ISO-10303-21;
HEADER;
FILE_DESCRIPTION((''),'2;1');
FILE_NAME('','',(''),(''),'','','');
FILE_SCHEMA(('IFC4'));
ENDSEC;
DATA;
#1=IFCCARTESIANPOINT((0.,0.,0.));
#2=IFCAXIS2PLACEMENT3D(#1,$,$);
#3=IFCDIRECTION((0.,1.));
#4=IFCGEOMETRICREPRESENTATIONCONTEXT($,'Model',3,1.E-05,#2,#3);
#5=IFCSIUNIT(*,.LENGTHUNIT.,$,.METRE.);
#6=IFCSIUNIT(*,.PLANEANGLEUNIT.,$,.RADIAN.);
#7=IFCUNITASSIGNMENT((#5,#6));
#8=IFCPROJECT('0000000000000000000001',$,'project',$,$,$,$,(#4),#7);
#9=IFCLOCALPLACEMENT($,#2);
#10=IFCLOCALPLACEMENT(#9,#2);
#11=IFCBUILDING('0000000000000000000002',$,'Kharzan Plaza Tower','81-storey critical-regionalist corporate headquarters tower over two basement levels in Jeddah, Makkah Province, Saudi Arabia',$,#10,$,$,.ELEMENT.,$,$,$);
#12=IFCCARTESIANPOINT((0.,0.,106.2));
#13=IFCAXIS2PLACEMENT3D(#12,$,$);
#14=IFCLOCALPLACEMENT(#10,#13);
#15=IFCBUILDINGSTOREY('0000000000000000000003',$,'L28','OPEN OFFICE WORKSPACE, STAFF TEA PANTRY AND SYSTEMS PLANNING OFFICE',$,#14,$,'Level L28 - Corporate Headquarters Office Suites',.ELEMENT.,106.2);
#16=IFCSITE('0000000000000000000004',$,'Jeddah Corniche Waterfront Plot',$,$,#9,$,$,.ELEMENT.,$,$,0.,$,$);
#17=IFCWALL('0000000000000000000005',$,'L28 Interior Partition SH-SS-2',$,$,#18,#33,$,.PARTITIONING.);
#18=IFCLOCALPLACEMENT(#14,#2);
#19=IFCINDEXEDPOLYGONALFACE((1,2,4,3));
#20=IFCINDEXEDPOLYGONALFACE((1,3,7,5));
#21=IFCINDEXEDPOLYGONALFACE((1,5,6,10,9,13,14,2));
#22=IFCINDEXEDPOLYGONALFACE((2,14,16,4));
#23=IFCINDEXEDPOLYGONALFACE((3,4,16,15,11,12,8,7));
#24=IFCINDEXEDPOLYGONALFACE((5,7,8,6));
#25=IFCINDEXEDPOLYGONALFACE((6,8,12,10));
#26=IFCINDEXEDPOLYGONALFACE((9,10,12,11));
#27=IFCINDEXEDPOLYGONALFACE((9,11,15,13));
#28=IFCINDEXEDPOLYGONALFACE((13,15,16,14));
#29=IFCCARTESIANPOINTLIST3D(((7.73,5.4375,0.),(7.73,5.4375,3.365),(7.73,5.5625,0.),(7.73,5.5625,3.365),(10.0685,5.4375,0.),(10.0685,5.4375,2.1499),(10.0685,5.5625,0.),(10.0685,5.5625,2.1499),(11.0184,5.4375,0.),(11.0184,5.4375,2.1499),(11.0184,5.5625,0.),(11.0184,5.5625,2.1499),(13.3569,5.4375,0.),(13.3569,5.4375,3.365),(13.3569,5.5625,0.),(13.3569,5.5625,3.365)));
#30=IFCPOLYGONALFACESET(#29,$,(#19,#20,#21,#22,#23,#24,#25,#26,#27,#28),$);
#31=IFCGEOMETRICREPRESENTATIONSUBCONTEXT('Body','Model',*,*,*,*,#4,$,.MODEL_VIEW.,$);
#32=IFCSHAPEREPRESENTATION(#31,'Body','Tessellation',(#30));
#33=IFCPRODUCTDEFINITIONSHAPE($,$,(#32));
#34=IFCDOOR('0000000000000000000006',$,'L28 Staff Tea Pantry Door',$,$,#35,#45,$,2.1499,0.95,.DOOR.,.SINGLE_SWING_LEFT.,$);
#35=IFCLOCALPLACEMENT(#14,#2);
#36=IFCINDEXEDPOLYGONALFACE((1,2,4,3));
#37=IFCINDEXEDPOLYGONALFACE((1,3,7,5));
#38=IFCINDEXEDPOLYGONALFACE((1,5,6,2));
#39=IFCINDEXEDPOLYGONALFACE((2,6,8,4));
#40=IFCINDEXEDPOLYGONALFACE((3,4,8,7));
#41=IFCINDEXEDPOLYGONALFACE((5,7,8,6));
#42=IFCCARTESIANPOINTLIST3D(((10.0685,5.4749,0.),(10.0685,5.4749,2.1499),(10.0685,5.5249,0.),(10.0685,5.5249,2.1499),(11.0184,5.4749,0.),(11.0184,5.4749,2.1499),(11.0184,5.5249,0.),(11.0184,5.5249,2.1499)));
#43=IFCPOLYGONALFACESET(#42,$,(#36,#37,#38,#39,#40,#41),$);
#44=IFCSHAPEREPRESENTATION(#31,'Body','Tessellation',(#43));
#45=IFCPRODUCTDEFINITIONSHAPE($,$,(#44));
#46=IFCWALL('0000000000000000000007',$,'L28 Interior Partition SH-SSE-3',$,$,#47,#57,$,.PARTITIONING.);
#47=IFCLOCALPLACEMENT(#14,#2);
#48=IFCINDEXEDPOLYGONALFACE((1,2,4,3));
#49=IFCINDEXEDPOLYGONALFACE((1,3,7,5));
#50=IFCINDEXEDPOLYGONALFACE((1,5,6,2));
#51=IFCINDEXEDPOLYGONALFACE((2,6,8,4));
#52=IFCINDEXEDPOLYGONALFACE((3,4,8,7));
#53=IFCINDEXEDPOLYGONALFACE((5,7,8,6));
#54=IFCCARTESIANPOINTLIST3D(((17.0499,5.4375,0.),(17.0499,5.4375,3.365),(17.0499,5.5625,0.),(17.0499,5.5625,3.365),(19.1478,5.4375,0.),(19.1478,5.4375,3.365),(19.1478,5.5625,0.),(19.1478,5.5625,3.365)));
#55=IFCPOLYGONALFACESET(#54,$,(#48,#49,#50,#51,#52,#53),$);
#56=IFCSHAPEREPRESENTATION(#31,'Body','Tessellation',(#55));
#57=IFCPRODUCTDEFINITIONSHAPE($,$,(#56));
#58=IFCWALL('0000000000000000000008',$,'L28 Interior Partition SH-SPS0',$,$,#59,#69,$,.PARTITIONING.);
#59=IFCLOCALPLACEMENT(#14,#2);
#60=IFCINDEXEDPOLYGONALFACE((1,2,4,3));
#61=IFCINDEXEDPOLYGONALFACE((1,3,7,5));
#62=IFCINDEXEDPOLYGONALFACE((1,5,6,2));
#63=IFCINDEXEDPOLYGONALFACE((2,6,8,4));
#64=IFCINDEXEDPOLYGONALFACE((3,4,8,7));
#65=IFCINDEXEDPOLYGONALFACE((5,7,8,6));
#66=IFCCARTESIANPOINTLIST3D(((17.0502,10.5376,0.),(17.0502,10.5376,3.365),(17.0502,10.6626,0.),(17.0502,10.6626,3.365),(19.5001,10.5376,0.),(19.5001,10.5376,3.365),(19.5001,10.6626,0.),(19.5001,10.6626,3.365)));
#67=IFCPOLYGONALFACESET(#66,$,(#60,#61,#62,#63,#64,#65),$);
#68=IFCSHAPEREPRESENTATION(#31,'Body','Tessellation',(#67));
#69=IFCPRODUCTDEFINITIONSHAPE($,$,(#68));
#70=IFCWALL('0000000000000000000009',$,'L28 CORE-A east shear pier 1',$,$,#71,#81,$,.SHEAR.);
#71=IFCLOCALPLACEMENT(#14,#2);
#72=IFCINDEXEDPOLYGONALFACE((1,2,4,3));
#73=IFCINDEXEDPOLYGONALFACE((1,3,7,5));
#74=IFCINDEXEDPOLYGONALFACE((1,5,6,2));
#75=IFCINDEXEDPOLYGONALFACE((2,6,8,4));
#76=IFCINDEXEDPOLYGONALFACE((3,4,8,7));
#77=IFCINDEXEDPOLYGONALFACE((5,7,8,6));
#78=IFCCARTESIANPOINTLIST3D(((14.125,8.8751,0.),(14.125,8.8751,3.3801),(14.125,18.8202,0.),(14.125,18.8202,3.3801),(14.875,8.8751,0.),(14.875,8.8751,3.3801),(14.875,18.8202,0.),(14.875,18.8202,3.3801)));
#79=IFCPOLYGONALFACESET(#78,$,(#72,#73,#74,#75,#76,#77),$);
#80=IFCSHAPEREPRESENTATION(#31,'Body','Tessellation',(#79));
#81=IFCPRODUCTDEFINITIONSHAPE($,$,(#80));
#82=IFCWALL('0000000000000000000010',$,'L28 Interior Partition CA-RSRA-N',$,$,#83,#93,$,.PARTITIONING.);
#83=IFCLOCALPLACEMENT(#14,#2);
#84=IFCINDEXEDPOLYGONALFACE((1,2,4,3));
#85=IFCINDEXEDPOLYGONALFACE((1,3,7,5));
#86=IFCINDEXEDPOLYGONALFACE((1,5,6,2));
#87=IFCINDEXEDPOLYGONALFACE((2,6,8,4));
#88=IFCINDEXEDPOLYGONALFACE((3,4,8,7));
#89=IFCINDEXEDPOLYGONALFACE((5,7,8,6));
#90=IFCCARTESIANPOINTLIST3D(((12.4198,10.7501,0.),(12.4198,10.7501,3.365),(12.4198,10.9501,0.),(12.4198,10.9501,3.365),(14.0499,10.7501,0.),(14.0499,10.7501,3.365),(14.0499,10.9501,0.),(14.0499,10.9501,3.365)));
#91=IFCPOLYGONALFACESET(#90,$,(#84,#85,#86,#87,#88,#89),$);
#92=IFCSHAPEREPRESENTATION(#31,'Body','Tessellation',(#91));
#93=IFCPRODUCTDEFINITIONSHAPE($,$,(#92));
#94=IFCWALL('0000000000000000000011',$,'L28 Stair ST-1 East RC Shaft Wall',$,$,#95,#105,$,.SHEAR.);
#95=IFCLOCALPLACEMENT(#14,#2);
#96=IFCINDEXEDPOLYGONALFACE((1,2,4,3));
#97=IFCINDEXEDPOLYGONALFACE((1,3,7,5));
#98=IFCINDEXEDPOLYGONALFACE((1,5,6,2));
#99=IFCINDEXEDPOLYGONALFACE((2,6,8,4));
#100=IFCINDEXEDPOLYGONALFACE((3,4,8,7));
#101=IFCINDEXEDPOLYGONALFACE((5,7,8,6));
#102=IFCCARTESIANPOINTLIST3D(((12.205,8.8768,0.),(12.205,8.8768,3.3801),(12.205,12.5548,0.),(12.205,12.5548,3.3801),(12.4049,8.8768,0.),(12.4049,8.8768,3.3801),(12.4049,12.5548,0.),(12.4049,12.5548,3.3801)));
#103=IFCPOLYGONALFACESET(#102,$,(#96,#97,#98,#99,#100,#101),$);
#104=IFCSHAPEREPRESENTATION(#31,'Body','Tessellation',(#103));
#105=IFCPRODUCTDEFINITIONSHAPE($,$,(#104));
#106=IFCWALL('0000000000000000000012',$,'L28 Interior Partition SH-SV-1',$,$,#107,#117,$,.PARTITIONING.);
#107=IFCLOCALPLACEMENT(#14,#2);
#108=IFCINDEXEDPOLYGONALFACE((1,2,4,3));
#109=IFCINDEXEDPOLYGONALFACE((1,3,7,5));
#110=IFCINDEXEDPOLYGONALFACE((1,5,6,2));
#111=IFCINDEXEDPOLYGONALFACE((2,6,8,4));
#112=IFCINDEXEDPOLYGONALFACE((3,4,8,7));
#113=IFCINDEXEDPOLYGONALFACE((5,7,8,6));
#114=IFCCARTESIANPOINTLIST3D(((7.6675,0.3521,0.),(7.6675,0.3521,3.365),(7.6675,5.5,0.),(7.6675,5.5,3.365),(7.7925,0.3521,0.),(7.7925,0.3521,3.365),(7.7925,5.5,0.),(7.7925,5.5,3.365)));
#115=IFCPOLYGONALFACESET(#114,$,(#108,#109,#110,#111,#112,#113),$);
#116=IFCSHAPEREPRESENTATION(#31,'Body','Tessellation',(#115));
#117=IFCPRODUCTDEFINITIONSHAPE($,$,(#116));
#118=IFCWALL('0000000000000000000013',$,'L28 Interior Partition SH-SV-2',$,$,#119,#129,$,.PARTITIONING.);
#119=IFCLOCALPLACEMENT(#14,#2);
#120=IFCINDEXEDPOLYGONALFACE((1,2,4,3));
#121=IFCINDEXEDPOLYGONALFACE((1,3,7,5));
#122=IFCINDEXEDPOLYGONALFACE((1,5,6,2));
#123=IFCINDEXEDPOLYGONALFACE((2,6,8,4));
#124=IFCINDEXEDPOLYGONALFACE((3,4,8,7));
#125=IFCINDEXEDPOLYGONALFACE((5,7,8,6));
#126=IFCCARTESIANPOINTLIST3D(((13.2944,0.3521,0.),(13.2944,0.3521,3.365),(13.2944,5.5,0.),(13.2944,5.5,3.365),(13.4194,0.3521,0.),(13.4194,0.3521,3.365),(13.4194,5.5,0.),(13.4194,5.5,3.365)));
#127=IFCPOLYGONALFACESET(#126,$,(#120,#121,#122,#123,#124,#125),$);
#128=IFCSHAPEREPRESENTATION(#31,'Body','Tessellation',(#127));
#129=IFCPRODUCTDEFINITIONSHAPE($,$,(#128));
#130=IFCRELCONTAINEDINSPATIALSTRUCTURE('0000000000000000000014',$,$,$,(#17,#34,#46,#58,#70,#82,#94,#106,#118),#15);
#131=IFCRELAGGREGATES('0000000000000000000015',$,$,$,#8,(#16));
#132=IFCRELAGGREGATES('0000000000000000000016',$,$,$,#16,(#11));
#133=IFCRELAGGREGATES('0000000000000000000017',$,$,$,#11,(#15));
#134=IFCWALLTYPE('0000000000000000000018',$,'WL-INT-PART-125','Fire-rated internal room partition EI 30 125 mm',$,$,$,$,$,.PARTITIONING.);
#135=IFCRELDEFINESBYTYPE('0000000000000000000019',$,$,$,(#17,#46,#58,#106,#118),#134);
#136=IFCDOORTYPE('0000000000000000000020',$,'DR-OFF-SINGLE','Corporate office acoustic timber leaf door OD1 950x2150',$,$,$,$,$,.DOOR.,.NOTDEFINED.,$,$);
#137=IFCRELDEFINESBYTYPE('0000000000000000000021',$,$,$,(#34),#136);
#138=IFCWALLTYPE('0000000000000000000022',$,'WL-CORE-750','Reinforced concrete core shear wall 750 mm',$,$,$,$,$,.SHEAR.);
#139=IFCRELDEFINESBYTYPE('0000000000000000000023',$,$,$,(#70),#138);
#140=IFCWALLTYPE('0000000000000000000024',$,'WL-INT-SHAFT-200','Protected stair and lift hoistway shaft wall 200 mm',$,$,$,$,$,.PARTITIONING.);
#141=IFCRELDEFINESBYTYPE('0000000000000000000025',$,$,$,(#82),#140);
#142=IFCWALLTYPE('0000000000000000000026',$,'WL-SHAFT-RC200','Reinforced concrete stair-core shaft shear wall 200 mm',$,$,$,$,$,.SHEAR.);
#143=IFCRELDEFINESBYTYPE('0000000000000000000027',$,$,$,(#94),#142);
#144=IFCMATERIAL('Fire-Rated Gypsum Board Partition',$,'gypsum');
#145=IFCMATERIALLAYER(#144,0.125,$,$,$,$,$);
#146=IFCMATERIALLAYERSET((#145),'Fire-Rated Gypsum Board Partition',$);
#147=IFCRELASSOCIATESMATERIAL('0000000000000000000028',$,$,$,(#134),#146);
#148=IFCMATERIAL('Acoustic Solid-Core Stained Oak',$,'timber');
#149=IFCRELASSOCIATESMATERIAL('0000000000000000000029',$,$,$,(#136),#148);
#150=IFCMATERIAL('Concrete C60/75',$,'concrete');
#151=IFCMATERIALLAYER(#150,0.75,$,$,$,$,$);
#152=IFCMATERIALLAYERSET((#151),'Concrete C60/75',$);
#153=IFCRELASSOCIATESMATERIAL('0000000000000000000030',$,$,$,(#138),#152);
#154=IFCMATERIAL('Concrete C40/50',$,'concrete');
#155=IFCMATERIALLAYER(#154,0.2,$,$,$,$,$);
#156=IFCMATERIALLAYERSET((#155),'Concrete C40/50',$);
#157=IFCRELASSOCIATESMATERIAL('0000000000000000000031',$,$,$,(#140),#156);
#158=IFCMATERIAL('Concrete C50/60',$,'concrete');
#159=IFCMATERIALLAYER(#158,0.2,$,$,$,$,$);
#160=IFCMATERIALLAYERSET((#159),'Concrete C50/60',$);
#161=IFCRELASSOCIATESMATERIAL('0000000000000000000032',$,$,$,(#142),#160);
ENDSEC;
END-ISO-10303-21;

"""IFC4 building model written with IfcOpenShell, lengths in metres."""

from ifc_helpers import new_model, si_unit, direction, frame, frame_2d, origin, place, context, subcontext, project, spatial, rectangle, extrude, source, transform, mapped, material, layer, layer_set, type_object, element, fill, save


model = new_model("IFC4")

# Units and contexts
model_context = context("Model", 3, precision=1e-05, world=origin(), true_north=direction((0.0, 1.0)))
body_context = subcontext(model_context, "Body", "Model", "MODEL_VIEW")
ifc_project = project(units=[si_unit("LENGTHUNIT", "METRE"), si_unit("PLANEANGLEUNIT", "RADIAN")], contexts=[model_context])

# Site, building, storey
site_placement = place(None, origin())
site = spatial("IfcSite", under=ifc_project, at=site_placement, Name="Jeddah Corniche Waterfront Plot", CompositionType="ELEMENT", RefElevation=0.0)
building_placement = place(site_placement, origin())
building = spatial("IfcBuilding", under=site, at=building_placement, Name="Kharzan Plaza Tower", Description="81-storey critical-regionalist corporate headquarters tower over two basement levels in Jeddah, Makkah Province, Saudi Arabia", CompositionType="ELEMENT")
storey_placement = place(building_placement, frame((0.0, 0.0, 106.2)))
storey = spatial("IfcBuildingStorey", under=building, at=storey_placement, Name="L28", Description="OPEN OFFICE WORKSPACE, STAFF TEA PANTRY AND SYSTEMS PLANNING OFFICE", LongName="Level L28 - Corporate Headquarters Office Suites", CompositionType="ELEMENT", Elevation=106.2)

# Shared definitions
ifc_material_1 = material(Name="Concrete C60/75", Category="concrete")

# Shared definitions
ifc_material_2 = material(Name="Concrete C40/50", Category="concrete")

# Wall, opening, door
ifc_material_3 = material(Name="Fire-Rated Gypsum Board Partition", Category="gypsum")
ifc_layer_1 = layer(ifc_material_3, 0.125)
ifc_layer_set_1 = layer_set([ifc_layer_1], Name="Fire-Rated Gypsum Board Partition")
wall_type_1 = type_object("IfcWallType", Name="WL-INT-PART-125", Description="Fire-rated internal room partition EI 30 125 mm", PredefinedType="PARTITIONING", material=ifc_layer_set_1)
ifc_material_4 = material(Name="Acoustic Solid-Core Stained Oak", Category="timber")
door_type = type_object("IfcDoorType", Name="DR-OFF-SINGLE", Description="Corporate office acoustic timber leaf door OD1 950x2150", OperationType="NOTDEFINED", PredefinedType="DOOR", material=ifc_material_4)
shared_shape_1 = source(origin(), body_context, "Body", "SweptSolid", [
    extrude(rectangle(XDim=0.95, YDim=2.1499, at=frame_2d((0.4751, 1.075))), frame((0.0, 0.0249, 0.0), z_axis=(0.0, -1.0, 0.0), x_axis=(1.0, 0.0, 0.0)), (0.0, 0.0, 1.0), 0.05),
])
wall_1_placement = place(storey_placement, frame((7.73, 5.5, 0.0), z_axis=(0.0, 0.0, 1.0), x_axis=(1.0, 0.0, 0.0)))
wall_1 = element("IfcWall", 1, at=wall_1_placement, inside=storey, type_object=wall_type_1, Name="L28 Interior Partition SH-SS-2", PredefinedType="PARTITIONING", context=body_context, shape_type="SweptSolid", body=[
    extrude(rectangle(XDim=5.627, YDim=0.125, at=frame_2d((2.8135, 0.0))), origin(), (0.0, 0.0, 1.0), 3.365),
])
opening_1_placement = place(wall_1_placement, frame((2.3384, 0.0, 0.0)))
opening_1 = element("IfcOpeningElement", 2, at=opening_1_placement, cuts=wall_1, PredefinedType="OPENING", context=body_context, shape_type="SweptSolid", body=[
    extrude(rectangle(XDim=0.95, YDim=2.1499, at=frame_2d((0.4751, 1.075))), frame((0.0, 0.0725, 0.0), z_axis=(0.0, -1.0, 0.0), x_axis=(1.0, 0.0, 0.0)), (0.0, 0.0, 1.0), 0.145),
])
door_1_placement = place(opening_1_placement, origin())
door_1 = element("IfcDoor", 3, at=door_1_placement, inside=storey, type_object=door_type, Name="L28 Staff Tea Pantry Door", OperationType="SINGLE_SWING_LEFT", OverallHeight=2.1499, OverallWidth=0.95, PredefinedType="DOOR", context=body_context, shape_type="MappedRepresentation", body=[
    mapped(shared_shape_1, transform((0.0, 0.0, 0.0), x_axis=(1.0, 0.0, 0.0), y_axis=(0.0, 1.0, 0.0), z_axis=(0.0, 0.0, 1.0))),
])
fill(opening_1, door_1)

# Walls
shared_shape_2 = source(origin(), body_context, "Body", "SweptSolid", [
    extrude(rectangle(XDim=2.0979, YDim=0.125, at=frame_2d((1.0488, 0.0))), origin(), (0.0, 0.0, 1.0), 3.365),
])
wall_2_placement = place(storey_placement, frame((17.05, 5.5, 0.0), z_axis=(0.0, 0.0, 1.0), x_axis=(1.0, 0.0, 0.0)))
element("IfcWall", 4, at=wall_2_placement, inside=storey, type_object=wall_type_1, Name="L28 Interior Partition SH-SSE-3", PredefinedType="PARTITIONING", context=body_context, shape_type="MappedRepresentation", body=[
    mapped(shared_shape_2, transform((0.0, 0.0, 0.0), x_axis=(1.0, 0.0, 0.0), y_axis=(0.0, 1.0, 0.0), z_axis=(0.0, 0.0, 1.0))),
])
shared_shape_3 = source(origin(), body_context, "Body", "SweptSolid", [
    extrude(rectangle(XDim=2.45, YDim=0.125, at=frame_2d((1.2251, 0.0))), origin(), (0.0, 0.0, 1.0), 3.365),
])
wall_3_placement = place(storey_placement, frame((17.05, 10.6001, 0.0), z_axis=(0.0, 0.0, 1.0), x_axis=(1.0, 0.0, 0.0)))
element("IfcWall", 5, at=wall_3_placement, inside=storey, type_object=wall_type_1, Name="L28 Interior Partition SH-SPS0", PredefinedType="PARTITIONING", context=body_context, shape_type="MappedRepresentation", body=[
    mapped(shared_shape_3, transform((0.0, 0.0, 0.0), x_axis=(1.0, 0.0, 0.0), y_axis=(0.0, 1.0, 0.0), z_axis=(0.0, 0.0, 1.0))),
])
ifc_layer_2 = layer(ifc_material_1, 0.75)
ifc_layer_set_2 = layer_set([ifc_layer_2], Name="Concrete C60/75")
wall_type_2 = type_object("IfcWallType", Name="WL-CORE-750", Description="Reinforced concrete core shear wall 750 mm", PredefinedType="SHEAR", material=ifc_layer_set_2)
shared_shape_4 = source(origin(), body_context, "Body", "SweptSolid", [
    extrude(rectangle(XDim=9.9451, YDim=0.75, at=frame_2d((4.9727, 0.0))), origin(), (0.0, 0.0, 1.0), 3.3801),
])
wall_4_placement = place(storey_placement, frame((14.5, 8.875, 0.0), z_axis=(0.0, 0.0, 1.0), x_axis=(0.0, 1.0, 0.0)))
element("IfcWall", 6, at=wall_4_placement, inside=storey, type_object=wall_type_2, Name="L28 CORE-A east shear pier 1", PredefinedType="SHEAR", context=body_context, shape_type="MappedRepresentation", body=[
    mapped(shared_shape_4, transform((0.0, 0.0, 0.0), x_axis=(1.0, 0.0, 0.0), y_axis=(0.0, 1.0, 0.0), z_axis=(0.0, 0.0, 1.0))),
])
ifc_layer_3 = layer(ifc_material_2, 0.2)
ifc_layer_set_3 = layer_set([ifc_layer_3], Name="Concrete C40/50")
wall_type_3 = type_object("IfcWallType", Name="WL-INT-SHAFT-200", Description="Protected stair and lift hoistway shaft wall 200 mm", PredefinedType="PARTITIONING", material=ifc_layer_set_3)
shared_shape_5 = source(origin(), body_context, "Body", "SweptSolid", [
    extrude(rectangle(XDim=1.6301, YDim=0.2, at=frame_2d((0.8149, 0.0))), origin(), (0.0, 0.0, 1.0), 3.365),
])
wall_5_placement = place(storey_placement, frame((12.4199, 10.8501, 0.0), z_axis=(0.0, 0.0, 1.0), x_axis=(1.0, 0.0, 0.0)))
element("IfcWall", 7, at=wall_5_placement, inside=storey, type_object=wall_type_3, Name="L28 Interior Partition CA-RSRA-N", PredefinedType="PARTITIONING", context=body_context, shape_type="MappedRepresentation", body=[
    mapped(shared_shape_5, transform((0.0, 0.0, 0.0), x_axis=(1.0, 0.0, 0.0), y_axis=(0.0, 1.0, 0.0), z_axis=(0.0, 0.0, 1.0))),
])
ifc_material_5 = material(Name="Concrete C50/60", Category="concrete")
ifc_layer_4 = layer(ifc_material_5, 0.2)
ifc_layer_set_4 = layer_set([ifc_layer_4], Name="Concrete C50/60")
wall_type_4 = type_object("IfcWallType", Name="WL-SHAFT-RC200", Description="Reinforced concrete stair-core shaft shear wall 200 mm", PredefinedType="SHEAR", material=ifc_layer_set_4)
shared_shape_6 = source(origin(), body_context, "Body", "SweptSolid", [
    extrude(rectangle(XDim=3.678, YDim=0.2, at=frame_2d((1.8389, 0.0))), origin(), (0.0, 0.0, 1.0), 3.3801),
])
wall_6_placement = place(storey_placement, frame((12.3049, 8.877, 0.0), z_axis=(0.0, 0.0, 1.0), x_axis=(0.0, 1.0, 0.0)))
element("IfcWall", 8, at=wall_6_placement, inside=storey, type_object=wall_type_4, Name="L28 Stair ST-1 East RC Shaft Wall", PredefinedType="SHEAR", context=body_context, shape_type="MappedRepresentation", body=[
    mapped(shared_shape_6, transform((0.0, 0.0, 0.0), x_axis=(1.0, 0.0, 0.0), y_axis=(0.0, 1.0, 0.0), z_axis=(0.0, 0.0, 1.0))),
])
shared_shape_7 = source(origin(), body_context, "Body", "SweptSolid", [
    extrude(rectangle(XDim=5.1479, YDim=0.125, at=frame_2d((2.574, 0.0))), origin(), (0.0, 0.0, 1.0), 3.365),
])
for number, where, z_axis, x_axis, name in (
    (9, (7.73, 0.3521, 0.0), (0.0, 0.0, 1.0), (0.0, 1.0, 0.0), "L28 Interior Partition SH-SV-1"),
    (10, (13.3569, 0.3521, 0.0), (0.0, 0.0, 1.0), (0.0, 1.0, 0.0), "L28 Interior Partition SH-SV-2"),
):
    element("IfcWall", number, at=place(storey_placement, frame(where, z_axis=z_axis, x_axis=x_axis)), inside=storey, type_object=wall_type_1, Name=name, PredefinedType="PARTITIONING", context=body_context, shape_type="MappedRepresentation", body=[
        mapped(shared_shape_7, transform((0.0, 0.0, 0.0), x_axis=(1.0, 0.0, 0.0), y_axis=(0.0, 1.0, 0.0), z_axis=(0.0, 0.0, 1.0))),
    ])

save(model, "model.ifc")
